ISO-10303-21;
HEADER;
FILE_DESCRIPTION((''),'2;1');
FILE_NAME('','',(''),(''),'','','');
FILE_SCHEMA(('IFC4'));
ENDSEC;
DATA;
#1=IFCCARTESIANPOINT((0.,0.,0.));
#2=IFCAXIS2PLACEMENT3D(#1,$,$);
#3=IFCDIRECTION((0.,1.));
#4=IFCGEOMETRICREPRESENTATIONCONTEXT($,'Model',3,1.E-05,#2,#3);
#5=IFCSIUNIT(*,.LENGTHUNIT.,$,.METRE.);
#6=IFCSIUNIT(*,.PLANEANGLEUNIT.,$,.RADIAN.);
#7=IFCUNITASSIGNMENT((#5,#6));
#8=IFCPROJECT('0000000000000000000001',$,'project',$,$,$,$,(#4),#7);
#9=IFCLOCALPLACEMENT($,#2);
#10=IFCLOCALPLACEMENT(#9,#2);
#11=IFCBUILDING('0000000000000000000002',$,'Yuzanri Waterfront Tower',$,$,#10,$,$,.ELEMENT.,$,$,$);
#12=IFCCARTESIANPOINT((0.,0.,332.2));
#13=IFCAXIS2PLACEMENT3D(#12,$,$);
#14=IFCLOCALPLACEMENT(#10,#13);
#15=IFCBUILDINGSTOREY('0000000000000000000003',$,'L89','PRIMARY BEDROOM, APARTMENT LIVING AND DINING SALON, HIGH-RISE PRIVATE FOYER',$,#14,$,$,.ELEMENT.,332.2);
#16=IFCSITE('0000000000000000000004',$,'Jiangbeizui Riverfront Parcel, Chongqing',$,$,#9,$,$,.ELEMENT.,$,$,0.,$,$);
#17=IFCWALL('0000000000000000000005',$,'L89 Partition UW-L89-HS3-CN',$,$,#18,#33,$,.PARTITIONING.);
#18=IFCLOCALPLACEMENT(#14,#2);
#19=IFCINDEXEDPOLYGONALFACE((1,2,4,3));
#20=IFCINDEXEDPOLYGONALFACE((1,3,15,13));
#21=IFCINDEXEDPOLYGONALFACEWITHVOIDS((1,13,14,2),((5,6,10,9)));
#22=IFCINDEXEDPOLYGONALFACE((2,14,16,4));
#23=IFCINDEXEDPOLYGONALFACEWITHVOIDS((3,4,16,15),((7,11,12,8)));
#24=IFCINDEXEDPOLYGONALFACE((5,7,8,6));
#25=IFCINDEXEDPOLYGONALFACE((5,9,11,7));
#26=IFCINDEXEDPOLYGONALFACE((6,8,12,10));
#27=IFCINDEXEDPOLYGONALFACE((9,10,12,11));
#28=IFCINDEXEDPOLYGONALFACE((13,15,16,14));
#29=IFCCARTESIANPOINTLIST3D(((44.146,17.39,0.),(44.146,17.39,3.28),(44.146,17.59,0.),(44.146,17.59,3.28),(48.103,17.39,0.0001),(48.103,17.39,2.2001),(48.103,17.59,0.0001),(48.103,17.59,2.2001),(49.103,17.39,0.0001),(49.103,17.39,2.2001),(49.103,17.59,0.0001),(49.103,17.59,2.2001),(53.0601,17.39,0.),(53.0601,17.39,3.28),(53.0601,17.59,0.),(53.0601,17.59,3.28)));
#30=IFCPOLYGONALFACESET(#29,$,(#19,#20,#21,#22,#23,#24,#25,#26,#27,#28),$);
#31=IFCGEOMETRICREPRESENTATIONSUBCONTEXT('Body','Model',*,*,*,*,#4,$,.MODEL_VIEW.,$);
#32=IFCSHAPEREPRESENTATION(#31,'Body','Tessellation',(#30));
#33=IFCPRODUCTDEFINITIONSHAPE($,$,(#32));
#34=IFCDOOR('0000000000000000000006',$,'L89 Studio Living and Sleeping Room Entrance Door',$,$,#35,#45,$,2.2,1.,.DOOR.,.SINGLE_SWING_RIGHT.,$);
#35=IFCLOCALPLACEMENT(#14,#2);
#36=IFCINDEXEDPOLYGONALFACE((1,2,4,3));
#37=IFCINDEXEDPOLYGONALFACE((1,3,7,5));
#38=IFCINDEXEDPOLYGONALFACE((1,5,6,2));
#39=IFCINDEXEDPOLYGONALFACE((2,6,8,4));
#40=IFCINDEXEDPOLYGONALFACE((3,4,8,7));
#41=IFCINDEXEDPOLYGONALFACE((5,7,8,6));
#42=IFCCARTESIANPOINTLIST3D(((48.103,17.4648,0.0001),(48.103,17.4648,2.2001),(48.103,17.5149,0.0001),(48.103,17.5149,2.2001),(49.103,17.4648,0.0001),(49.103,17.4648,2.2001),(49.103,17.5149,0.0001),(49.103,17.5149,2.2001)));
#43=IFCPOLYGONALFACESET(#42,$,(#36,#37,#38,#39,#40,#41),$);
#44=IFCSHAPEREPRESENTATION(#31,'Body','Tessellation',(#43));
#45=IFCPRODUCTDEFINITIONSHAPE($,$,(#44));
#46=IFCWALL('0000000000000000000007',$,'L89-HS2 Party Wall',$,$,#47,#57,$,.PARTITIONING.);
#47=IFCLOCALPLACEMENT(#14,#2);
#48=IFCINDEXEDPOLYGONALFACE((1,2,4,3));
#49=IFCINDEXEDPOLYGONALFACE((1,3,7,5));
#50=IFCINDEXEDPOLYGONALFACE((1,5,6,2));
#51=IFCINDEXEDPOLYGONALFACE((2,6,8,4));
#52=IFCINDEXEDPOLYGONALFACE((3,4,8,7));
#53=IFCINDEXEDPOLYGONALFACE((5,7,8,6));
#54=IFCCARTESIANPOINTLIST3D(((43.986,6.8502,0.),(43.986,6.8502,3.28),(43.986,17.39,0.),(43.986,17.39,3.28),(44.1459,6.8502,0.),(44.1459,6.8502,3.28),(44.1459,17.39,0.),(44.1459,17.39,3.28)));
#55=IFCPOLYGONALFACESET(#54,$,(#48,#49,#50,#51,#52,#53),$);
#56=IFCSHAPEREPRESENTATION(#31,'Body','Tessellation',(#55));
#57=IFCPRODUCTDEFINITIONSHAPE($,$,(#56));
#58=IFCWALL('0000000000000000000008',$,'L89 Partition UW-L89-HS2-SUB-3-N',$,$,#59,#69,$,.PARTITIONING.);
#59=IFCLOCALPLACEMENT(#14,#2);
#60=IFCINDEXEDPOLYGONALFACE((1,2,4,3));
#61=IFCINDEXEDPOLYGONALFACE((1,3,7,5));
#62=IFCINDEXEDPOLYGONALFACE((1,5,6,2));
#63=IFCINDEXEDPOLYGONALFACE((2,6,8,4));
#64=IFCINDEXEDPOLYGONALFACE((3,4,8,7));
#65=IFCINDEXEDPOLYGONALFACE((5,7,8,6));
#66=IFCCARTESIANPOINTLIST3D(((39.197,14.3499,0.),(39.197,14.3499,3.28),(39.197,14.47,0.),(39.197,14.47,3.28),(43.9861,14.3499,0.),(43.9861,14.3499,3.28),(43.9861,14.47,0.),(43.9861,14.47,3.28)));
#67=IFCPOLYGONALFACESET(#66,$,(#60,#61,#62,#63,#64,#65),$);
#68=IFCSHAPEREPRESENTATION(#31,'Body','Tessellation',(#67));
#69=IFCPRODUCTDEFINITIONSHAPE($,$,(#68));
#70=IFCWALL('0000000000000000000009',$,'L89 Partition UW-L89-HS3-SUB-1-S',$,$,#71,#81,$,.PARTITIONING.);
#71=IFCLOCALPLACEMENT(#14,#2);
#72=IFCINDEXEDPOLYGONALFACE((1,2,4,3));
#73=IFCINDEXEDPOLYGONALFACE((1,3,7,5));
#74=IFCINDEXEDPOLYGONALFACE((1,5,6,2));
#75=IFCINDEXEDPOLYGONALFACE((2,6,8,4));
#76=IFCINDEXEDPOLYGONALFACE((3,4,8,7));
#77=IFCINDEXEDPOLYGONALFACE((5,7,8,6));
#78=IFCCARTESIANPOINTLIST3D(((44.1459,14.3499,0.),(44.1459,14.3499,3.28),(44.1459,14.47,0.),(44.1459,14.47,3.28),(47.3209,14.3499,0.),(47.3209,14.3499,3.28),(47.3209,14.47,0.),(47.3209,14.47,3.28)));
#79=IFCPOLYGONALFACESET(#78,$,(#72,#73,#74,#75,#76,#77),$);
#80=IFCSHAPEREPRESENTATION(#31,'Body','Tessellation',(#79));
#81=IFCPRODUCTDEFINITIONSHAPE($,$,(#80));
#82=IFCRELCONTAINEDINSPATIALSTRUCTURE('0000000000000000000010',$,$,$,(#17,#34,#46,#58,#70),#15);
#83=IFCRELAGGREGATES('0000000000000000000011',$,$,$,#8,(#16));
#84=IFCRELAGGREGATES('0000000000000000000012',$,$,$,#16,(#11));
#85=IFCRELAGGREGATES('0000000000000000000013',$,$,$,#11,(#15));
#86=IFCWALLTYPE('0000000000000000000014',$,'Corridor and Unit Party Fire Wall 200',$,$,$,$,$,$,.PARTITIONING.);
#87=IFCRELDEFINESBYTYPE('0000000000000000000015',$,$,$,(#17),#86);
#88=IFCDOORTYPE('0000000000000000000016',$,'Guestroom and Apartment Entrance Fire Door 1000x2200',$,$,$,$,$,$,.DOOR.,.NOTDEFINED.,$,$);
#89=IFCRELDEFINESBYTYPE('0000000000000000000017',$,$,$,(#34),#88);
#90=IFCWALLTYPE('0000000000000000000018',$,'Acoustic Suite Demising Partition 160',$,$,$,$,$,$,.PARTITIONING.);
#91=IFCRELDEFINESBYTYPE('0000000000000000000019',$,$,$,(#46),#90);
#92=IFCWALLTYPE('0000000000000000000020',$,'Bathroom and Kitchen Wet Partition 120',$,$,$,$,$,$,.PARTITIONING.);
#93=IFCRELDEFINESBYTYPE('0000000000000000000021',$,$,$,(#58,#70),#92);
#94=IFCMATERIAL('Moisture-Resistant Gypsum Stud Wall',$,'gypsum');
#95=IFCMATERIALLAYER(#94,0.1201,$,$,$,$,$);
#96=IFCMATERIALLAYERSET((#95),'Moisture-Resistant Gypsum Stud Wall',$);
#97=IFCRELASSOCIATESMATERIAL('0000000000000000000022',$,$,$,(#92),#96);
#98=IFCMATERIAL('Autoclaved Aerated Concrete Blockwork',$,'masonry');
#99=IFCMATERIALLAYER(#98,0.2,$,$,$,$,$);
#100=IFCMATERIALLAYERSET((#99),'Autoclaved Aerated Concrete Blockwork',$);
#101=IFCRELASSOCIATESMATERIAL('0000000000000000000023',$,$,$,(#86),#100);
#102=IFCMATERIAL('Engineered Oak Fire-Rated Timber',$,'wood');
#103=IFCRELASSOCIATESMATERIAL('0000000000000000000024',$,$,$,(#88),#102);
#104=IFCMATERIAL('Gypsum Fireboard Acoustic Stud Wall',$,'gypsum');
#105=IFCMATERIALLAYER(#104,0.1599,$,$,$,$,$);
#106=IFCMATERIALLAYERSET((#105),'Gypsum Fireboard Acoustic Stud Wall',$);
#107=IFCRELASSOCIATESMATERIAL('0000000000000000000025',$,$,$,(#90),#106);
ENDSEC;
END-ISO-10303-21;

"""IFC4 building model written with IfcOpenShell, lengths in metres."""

from ifc_helpers import new_model, si_unit, direction, frame, frame_2d, origin, place, context, subcontext, project, spatial, rectangle, extrude, source, transform, mapped, material, layer, layer_set, type_object, element, fill, save


model = new_model("IFC4")

# Units and contexts
model_context = context("Model", 3, precision=1e-05, world=origin(), true_north=direction((0.0, 1.0)))
body_context = subcontext(model_context, "Body", "Model", "MODEL_VIEW")
ifc_project = project(units=[si_unit("LENGTHUNIT", "METRE"), si_unit("PLANEANGLEUNIT", "RADIAN")], contexts=[model_context])

# Site, building, storey
site_placement = place(None, origin())
site = spatial("IfcSite", under=ifc_project, at=site_placement, Name="Jiangbeizui Riverfront Parcel, Chongqing", CompositionType="ELEMENT", RefElevation=0.0)
building_placement = place(site_placement, origin())
building = spatial("IfcBuilding", under=site, at=building_placement, Name="Yuzanri Waterfront Tower", CompositionType="ELEMENT")
storey_placement = place(building_placement, frame((0.0, 0.0, 332.2)))
storey = spatial("IfcBuildingStorey", under=building, at=storey_placement, Name="L89", Description="PRIMARY BEDROOM, APARTMENT LIVING AND DINING SALON, HIGH-RISE PRIVATE FOYER", CompositionType="ELEMENT", Elevation=332.2)

# Wall, opening, door
ifc_material_1 = material(Name="Moisture-Resistant Gypsum Stud Wall", Category="gypsum")
ifc_layer_1 = layer(ifc_material_1, 0.1201)
ifc_layer_set_1 = layer_set([ifc_layer_1], Name="Moisture-Resistant Gypsum Stud Wall")
wall_type_1 = type_object("IfcWallType", Name="Bathroom and Kitchen Wet Partition 120", PredefinedType="PARTITIONING", material=ifc_layer_set_1)
ifc_material_2 = material(Name="Autoclaved Aerated Concrete Blockwork", Category="masonry")
ifc_layer_2 = layer(ifc_material_2, 0.2)
ifc_layer_set_2 = layer_set([ifc_layer_2], Name="Autoclaved Aerated Concrete Blockwork")
wall_type_2 = type_object("IfcWallType", Name="Corridor and Unit Party Fire Wall 200", PredefinedType="PARTITIONING", material=ifc_layer_set_2)
wall_1_placement = place(storey_placement, frame((44.146, 17.49, 0.0), z_axis=(0.0, 0.0, 1.0), x_axis=(1.0, 0.0, 0.0)))
wall_1 = element("IfcWall", 1, at=wall_1_placement, inside=storey, type_object=wall_type_2, Name="L89 Partition UW-L89-HS3-CN", PredefinedType="PARTITIONING", context=body_context, shape_type="SweptSolid", body=[
    extrude(rectangle(XDim=8.9141, YDim=0.2, at=frame_2d((4.457, 0.0))), origin(), (0.0, 0.0, 1.0), 3.28),
])
opening_1_placement = place(wall_1_placement, frame((3.957, 0.0, 0.0)))
opening_1 = element("IfcOpeningElement", 2, at=opening_1_placement, cuts=wall_1, PredefinedType="OPENING", context=body_context, shape_type="SweptSolid", body=[
    extrude(rectangle(XDim=1.0, YDim=2.2, at=frame_2d((0.5, 1.1001))), frame((0.0, 0.1147, 0.0), z_axis=(0.0, -1.0, 0.0), x_axis=(1.0, 0.0, 0.0)), (0.0, 0.0, 1.0), 0.2297),
])
ifc_material_3 = material(Name="Engineered Oak Fire-Rated Timber", Category="wood")
door_type_1 = type_object("IfcDoorType", Name="Guestroom and Apartment Entrance Fire Door 1000x2200", OperationType="NOTDEFINED", PredefinedType="DOOR", material=ifc_material_3)
shared_shape_1 = source(origin(), body_context, "Body", "SweptSolid", [
    extrude(rectangle(XDim=1.0, YDim=2.2, at=frame_2d((0.5, 1.1001))), frame((0.0, 0.0249, 0.0), z_axis=(0.0, -1.0, 0.0), x_axis=(1.0, 0.0, 0.0)), (0.0, 0.0, 1.0), 0.05),
])
door_1_placement = place(opening_1_placement, origin())
door_1 = element("IfcDoor", 3, at=door_1_placement, inside=storey, type_object=door_type_1, Name="L89 Studio Living and Sleeping Room Entrance Door", OperationType="SINGLE_SWING_RIGHT", OverallHeight=2.2, OverallWidth=1.0, PredefinedType="DOOR", context=body_context, shape_type="MappedRepresentation", body=[
    mapped(shared_shape_1, transform((0.0, 0.0, 0.0), scale=1.0)),
])
fill(opening_1, door_1)

# Walls
ifc_material_4 = material(Name="Gypsum Fireboard Acoustic Stud Wall", Category="gypsum")
ifc_layer_3 = layer(ifc_material_4, 0.1599)
ifc_layer_set_3 = layer_set([ifc_layer_3], Name="Gypsum Fireboard Acoustic Stud Wall")
wall_type_3 = type_object("IfcWallType", Name="Acoustic Suite Demising Partition 160", PredefinedType="PARTITIONING", material=ifc_layer_set_3)
shared_shape_2 = source(origin(), body_context, "Body", "SweptSolid", [
    extrude(rectangle(XDim=10.5398, YDim=0.1599, at=frame_2d((5.27, 0.0))), origin(), (0.0, 0.0, 1.0), 3.28),
])
wall_2_placement = place(storey_placement, frame((44.0659, 6.8501, 0.0), z_axis=(0.0, 0.0, 1.0), x_axis=(0.0, 1.0, 0.0)))
element("IfcWall", 4, at=wall_2_placement, inside=storey, type_object=wall_type_3, Name="L89-HS2 Party Wall", PredefinedType="PARTITIONING", context=body_context, shape_type="MappedRepresentation", body=[
    mapped(shared_shape_2, transform((0.0, 0.0, 0.0), scale=1.0)),
])
shared_shape_3 = source(origin(), body_context, "Body", "SweptSolid", [
    extrude(rectangle(XDim=4.7891, YDim=0.1201, at=frame_2d((2.3945, 0.0))), origin(), (0.0, 0.0, 1.0), 3.28),
])
wall_3_placement = place(storey_placement, frame((39.197, 14.4099, 0.0), z_axis=(0.0, 0.0, 1.0), x_axis=(1.0, 0.0, 0.0)))
element("IfcWall", 5, at=wall_3_placement, inside=storey, type_object=wall_type_1, Name="L89 Partition UW-L89-HS2-SUB-3-N", PredefinedType="PARTITIONING", context=body_context, shape_type="MappedRepresentation", body=[
    mapped(shared_shape_3, transform((0.0, 0.0, 0.0), scale=1.0)),
])
shared_shape_4 = source(origin(), body_context, "Body", "SweptSolid", [
    extrude(rectangle(XDim=3.175, YDim=0.1201, at=frame_2d((1.5874, 0.0))), origin(), (0.0, 0.0, 1.0), 3.28),
])
wall_4_placement = place(storey_placement, frame((44.146, 14.4099, 0.0), z_axis=(0.0, 0.0, 1.0), x_axis=(1.0, 0.0, 0.0)))
element("IfcWall", 6, at=wall_4_placement, inside=storey, type_object=wall_type_1, Name="L89 Partition UW-L89-HS3-SUB-1-S", PredefinedType="PARTITIONING", context=body_context, shape_type="MappedRepresentation", body=[
    mapped(shared_shape_4, transform((0.0, 0.0, 0.0), scale=1.0)),
])

save(model, "model.ifc")
